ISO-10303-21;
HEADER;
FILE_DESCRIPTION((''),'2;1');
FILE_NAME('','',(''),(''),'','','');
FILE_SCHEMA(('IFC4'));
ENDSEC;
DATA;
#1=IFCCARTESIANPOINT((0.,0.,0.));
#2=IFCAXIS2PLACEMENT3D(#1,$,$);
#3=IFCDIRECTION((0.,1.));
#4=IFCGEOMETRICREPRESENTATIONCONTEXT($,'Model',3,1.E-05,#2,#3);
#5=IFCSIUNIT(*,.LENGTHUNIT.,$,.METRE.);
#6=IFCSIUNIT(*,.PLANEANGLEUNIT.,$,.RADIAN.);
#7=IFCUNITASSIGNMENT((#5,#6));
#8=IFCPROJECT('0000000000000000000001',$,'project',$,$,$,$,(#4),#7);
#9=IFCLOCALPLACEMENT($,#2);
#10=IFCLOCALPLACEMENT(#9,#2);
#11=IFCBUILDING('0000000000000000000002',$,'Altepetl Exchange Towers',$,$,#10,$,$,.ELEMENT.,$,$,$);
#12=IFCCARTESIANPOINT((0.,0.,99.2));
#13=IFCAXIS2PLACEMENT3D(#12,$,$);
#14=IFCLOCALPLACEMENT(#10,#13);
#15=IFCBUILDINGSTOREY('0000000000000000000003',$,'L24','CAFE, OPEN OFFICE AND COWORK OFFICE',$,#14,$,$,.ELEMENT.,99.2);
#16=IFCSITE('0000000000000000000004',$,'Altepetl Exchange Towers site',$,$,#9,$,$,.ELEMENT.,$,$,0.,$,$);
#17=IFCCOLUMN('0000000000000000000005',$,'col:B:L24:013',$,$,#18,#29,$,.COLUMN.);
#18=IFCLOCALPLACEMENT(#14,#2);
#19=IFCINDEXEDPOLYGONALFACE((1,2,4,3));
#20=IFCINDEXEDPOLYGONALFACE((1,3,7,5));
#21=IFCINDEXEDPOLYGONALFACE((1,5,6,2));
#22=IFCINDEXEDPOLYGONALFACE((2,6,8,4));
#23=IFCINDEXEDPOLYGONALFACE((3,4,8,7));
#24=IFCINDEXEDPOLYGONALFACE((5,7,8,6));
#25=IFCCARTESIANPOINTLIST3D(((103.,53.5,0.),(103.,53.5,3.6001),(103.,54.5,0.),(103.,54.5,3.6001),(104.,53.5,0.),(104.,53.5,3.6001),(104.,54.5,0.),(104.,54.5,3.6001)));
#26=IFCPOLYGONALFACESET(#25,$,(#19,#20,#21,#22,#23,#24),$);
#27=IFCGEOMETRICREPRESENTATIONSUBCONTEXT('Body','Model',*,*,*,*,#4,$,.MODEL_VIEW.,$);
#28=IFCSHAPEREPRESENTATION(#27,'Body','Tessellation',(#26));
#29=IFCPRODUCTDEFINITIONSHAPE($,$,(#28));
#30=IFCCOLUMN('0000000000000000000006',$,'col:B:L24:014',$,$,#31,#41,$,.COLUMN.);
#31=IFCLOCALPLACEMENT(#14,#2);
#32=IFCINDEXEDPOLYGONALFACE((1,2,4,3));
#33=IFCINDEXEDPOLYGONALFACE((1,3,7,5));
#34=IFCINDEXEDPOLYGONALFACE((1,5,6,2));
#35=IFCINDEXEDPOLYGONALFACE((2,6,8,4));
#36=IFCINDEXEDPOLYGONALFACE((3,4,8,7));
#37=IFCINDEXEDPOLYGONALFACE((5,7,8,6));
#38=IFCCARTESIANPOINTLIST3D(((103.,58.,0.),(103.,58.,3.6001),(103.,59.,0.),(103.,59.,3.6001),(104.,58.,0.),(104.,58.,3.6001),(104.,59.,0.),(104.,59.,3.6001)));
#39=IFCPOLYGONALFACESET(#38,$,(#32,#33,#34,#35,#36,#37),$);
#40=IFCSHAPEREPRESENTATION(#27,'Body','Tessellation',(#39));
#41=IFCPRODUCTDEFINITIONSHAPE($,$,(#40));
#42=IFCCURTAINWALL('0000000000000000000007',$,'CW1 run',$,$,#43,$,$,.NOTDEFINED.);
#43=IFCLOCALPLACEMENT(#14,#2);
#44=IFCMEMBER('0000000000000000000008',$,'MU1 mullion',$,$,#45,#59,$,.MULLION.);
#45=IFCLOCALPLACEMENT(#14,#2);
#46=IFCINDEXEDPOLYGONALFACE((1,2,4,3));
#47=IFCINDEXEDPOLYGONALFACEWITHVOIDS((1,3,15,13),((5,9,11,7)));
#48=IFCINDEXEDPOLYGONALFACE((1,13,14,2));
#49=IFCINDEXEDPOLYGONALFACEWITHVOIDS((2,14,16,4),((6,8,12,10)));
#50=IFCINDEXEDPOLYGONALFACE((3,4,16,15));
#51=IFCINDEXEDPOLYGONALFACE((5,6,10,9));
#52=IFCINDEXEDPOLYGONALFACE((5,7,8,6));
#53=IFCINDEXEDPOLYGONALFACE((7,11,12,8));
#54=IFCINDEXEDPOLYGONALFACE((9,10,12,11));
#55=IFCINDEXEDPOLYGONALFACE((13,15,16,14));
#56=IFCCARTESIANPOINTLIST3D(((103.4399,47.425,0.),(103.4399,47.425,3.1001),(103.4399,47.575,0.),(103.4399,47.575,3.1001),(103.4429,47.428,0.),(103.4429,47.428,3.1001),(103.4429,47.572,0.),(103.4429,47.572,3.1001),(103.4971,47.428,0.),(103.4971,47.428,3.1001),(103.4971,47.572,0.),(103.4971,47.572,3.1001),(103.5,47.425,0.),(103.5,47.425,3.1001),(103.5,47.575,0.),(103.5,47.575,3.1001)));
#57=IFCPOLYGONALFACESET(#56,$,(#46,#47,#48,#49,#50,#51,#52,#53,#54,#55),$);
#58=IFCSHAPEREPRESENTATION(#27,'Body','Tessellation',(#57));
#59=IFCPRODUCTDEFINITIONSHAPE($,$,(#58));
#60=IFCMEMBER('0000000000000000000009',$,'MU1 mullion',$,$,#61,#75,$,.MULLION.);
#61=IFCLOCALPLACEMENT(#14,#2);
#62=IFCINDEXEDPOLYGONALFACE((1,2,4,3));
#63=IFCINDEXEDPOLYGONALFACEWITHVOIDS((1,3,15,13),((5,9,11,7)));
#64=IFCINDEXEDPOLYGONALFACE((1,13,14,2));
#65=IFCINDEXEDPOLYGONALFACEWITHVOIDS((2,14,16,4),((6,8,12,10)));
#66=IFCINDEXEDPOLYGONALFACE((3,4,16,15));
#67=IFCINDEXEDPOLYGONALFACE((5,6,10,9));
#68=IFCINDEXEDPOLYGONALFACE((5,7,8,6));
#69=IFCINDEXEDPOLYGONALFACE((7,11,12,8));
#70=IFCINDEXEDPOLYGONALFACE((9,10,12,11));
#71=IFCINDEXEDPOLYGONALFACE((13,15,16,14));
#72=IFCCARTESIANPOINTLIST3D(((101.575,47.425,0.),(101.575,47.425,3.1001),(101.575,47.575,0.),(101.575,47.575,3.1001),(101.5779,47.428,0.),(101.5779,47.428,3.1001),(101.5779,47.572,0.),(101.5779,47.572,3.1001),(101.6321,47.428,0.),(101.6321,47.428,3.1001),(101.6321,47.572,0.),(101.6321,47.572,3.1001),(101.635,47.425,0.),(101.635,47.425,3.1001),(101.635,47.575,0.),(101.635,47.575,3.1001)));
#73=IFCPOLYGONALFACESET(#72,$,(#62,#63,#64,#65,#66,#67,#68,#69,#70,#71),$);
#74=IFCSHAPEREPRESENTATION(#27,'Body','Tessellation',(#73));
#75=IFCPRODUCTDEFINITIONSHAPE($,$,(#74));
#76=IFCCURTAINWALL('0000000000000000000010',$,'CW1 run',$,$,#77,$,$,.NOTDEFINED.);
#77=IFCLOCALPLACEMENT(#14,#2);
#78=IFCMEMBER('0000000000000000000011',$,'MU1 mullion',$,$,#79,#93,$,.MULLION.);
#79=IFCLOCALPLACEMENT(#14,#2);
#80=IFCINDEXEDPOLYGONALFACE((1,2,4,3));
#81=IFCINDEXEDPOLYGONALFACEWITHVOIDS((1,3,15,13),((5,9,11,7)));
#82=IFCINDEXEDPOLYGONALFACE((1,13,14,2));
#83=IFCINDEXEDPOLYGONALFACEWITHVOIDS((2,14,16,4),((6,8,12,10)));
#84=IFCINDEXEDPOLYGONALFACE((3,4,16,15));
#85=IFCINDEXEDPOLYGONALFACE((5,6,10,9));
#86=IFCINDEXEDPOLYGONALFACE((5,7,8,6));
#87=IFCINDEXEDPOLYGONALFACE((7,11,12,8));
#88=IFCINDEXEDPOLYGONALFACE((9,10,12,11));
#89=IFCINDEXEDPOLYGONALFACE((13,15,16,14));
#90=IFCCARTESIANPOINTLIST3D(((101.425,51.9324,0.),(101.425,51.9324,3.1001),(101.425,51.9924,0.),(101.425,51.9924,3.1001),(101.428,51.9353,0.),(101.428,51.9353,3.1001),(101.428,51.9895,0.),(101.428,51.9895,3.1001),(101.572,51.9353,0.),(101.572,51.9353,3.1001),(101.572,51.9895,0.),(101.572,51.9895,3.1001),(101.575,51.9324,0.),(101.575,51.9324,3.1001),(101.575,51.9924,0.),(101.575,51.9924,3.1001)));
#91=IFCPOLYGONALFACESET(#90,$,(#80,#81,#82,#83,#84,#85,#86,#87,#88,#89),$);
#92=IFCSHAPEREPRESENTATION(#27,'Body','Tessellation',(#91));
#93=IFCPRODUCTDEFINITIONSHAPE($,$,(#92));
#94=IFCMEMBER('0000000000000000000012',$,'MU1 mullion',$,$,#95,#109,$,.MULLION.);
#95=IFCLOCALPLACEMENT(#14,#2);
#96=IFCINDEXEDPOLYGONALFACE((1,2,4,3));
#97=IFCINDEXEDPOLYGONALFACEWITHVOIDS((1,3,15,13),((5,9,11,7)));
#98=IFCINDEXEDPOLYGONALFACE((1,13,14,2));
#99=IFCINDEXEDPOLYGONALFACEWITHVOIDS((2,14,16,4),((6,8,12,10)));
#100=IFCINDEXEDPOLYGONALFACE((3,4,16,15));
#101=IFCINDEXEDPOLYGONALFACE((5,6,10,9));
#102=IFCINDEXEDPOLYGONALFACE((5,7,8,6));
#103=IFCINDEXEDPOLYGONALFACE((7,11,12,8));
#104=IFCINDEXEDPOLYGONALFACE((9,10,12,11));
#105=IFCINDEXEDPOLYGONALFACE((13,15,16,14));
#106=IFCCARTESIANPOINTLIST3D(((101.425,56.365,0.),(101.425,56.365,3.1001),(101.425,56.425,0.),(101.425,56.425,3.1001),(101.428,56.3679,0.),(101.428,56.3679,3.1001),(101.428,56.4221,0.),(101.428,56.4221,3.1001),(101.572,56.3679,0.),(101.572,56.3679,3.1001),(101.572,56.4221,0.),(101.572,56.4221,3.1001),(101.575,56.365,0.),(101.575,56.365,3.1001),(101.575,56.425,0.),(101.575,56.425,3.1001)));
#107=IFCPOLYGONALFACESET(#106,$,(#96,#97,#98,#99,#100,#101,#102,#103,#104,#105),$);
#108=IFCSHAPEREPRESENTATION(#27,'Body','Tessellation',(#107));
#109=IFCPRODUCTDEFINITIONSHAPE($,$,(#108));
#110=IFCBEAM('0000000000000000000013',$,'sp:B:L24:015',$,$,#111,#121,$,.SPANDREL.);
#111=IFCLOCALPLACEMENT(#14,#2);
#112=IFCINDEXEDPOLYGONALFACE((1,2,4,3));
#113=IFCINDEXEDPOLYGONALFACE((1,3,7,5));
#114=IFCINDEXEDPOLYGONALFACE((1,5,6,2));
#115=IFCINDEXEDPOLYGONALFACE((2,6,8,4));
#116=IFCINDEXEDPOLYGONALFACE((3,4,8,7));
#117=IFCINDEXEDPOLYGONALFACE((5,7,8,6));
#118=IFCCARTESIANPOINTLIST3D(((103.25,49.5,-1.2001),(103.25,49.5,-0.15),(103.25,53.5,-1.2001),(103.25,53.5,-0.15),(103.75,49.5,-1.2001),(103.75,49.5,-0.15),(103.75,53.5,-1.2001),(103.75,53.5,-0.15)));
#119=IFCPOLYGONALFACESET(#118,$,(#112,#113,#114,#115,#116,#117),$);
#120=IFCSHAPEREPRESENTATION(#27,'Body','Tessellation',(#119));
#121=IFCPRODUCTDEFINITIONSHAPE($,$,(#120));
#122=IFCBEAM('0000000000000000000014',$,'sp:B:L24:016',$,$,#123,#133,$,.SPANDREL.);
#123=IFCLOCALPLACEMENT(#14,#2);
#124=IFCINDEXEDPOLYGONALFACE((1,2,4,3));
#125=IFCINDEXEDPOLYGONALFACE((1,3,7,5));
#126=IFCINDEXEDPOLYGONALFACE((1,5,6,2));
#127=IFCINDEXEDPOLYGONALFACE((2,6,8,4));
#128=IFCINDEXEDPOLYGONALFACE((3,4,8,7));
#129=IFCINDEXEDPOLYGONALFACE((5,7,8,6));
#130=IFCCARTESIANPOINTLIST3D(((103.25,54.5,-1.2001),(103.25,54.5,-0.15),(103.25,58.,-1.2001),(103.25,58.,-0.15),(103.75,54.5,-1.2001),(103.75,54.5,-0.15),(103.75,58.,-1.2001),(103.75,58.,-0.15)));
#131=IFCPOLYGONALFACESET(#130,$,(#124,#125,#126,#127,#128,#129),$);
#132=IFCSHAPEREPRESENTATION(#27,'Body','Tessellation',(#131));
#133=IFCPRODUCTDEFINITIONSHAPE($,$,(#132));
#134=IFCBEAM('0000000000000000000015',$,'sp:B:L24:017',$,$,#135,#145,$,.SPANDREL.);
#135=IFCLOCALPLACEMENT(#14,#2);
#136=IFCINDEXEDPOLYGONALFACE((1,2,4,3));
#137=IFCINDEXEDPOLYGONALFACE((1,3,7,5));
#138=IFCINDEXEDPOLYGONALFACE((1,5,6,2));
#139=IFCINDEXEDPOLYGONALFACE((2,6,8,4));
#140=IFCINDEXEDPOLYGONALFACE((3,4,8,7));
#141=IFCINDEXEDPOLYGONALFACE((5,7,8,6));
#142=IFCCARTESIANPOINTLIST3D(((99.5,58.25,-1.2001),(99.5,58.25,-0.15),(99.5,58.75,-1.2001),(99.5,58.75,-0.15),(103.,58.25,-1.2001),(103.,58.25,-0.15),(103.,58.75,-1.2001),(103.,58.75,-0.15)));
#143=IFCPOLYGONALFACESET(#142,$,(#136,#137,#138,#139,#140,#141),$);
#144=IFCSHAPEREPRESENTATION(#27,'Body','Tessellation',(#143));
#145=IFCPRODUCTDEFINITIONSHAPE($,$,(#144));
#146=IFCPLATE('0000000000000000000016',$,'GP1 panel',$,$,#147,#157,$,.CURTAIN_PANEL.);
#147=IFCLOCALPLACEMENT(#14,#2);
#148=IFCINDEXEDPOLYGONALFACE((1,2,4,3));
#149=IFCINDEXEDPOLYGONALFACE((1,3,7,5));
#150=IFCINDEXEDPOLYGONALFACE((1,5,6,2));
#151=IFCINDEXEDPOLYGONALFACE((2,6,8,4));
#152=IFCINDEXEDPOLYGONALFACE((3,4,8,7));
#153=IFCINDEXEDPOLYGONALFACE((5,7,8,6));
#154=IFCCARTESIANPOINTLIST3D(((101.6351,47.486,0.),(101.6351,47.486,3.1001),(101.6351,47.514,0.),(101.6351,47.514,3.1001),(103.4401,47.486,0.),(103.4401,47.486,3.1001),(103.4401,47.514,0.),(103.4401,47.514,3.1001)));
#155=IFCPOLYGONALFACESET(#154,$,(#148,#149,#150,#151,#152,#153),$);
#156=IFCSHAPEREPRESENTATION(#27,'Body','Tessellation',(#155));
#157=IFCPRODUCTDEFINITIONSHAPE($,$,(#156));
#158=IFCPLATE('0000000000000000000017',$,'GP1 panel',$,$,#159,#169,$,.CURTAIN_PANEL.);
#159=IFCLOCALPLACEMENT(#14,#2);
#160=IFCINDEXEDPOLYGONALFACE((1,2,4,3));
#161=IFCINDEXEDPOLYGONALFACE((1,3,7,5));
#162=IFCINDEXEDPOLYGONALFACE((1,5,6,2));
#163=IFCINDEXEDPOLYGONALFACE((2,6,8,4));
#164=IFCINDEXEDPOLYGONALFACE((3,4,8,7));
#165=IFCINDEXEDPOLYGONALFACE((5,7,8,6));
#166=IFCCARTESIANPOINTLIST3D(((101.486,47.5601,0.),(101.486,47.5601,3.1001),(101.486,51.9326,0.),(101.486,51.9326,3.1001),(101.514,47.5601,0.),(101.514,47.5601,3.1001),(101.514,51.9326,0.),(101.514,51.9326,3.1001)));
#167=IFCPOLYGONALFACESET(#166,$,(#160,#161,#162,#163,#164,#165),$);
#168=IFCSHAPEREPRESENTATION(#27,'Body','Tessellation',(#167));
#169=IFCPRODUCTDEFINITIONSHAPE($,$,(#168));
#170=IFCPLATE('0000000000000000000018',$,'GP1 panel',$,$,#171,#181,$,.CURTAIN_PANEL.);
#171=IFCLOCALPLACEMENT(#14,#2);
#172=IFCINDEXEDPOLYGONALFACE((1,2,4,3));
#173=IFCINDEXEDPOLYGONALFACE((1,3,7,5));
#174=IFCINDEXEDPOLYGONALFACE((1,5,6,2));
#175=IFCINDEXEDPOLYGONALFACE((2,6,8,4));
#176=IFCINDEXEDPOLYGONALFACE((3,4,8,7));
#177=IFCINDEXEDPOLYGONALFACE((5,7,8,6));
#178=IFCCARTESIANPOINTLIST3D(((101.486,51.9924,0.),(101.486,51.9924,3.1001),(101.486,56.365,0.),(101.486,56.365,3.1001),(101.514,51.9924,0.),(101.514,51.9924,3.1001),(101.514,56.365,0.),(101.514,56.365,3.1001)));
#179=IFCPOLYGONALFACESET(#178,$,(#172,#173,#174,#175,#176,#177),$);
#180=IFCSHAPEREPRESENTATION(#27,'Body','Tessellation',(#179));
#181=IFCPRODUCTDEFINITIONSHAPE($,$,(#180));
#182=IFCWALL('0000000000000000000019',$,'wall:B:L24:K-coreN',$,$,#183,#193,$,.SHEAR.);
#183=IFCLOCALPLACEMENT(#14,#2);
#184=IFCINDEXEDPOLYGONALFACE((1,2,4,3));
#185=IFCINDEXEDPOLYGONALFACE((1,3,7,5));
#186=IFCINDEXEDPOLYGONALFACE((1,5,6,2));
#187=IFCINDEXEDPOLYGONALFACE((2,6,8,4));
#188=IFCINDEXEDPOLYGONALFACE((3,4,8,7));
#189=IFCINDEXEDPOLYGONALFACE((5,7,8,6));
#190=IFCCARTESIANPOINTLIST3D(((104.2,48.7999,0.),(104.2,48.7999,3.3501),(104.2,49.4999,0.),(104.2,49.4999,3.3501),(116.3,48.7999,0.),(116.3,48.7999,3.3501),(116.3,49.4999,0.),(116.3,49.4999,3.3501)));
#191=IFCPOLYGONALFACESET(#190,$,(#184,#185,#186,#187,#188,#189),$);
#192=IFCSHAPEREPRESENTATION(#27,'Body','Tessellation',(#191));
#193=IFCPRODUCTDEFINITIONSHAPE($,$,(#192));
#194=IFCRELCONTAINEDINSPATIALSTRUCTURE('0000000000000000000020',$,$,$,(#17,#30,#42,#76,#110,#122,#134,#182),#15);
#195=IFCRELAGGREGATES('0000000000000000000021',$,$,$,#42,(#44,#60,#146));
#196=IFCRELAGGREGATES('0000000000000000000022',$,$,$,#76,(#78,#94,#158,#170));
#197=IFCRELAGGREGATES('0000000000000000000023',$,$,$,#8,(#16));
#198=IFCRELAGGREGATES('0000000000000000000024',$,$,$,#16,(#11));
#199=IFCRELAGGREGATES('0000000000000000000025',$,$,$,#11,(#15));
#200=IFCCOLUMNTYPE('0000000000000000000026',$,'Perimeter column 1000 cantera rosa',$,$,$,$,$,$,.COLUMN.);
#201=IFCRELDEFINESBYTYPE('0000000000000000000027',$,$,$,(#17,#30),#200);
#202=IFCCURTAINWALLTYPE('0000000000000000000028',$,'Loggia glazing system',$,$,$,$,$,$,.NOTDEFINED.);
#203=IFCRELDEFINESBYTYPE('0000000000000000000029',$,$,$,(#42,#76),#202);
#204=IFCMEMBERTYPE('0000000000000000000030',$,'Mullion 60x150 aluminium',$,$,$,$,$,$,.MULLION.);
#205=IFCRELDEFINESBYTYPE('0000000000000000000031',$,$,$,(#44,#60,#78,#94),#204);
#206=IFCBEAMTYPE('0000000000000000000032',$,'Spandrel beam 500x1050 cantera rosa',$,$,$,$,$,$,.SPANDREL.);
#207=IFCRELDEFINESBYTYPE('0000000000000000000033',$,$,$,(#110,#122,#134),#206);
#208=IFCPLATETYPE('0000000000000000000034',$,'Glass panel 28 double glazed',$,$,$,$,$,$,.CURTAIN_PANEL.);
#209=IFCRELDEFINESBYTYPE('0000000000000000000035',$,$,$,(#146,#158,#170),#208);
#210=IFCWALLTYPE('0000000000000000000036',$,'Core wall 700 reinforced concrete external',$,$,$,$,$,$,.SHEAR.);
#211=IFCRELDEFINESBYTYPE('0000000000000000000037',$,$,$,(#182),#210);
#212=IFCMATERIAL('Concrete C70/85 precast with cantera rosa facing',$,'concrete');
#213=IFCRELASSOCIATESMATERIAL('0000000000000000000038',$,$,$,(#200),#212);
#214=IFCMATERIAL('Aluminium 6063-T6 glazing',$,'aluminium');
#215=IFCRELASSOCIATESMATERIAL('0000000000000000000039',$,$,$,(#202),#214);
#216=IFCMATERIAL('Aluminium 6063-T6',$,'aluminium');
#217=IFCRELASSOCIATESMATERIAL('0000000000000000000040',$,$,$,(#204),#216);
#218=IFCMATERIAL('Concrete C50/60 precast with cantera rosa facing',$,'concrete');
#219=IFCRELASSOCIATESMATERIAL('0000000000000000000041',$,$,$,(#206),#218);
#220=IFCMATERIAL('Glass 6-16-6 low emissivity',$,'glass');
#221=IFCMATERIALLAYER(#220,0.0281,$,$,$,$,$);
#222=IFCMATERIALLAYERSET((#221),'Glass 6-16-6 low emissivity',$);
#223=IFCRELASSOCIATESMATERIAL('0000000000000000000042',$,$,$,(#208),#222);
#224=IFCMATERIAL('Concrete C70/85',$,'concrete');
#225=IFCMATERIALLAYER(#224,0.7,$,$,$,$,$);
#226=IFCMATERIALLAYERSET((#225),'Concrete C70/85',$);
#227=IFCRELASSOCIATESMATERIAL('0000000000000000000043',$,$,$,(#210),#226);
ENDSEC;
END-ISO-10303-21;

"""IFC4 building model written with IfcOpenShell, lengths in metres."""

from ifc_helpers import new_model, si_unit, direction, frame, frame_2d, origin, origin_2d, place, context, subcontext, project, spatial, rectangle, hollow_rectangle, extrude, material, layer, layer_set, material_profile, profile_set, type_object, element, aggregate, save


model = new_model("IFC4")

# Units and contexts
model_context = context("Model", 3, precision=1e-05, world=origin(), true_north=direction((0.0, 1.0)))
body_context = subcontext(model_context, "Body", "Model", "MODEL_VIEW")
ifc_project = project(units=[si_unit("LENGTHUNIT", "METRE"), si_unit("PLANEANGLEUNIT", "RADIAN")], contexts=[model_context])

# Site, building, storey
site_placement = place(None, origin())
site = spatial("IfcSite", under=ifc_project, at=site_placement, Name="Altepetl Exchange Towers site", CompositionType="ELEMENT", RefElevation=0.0)
building_placement = place(site_placement, origin())
building = spatial("IfcBuilding", under=site, at=building_placement, Name="Altepetl Exchange Towers", CompositionType="ELEMENT")
storey_placement = place(building_placement, frame((0.0, 0.0, 99.2)))
storey = spatial("IfcBuildingStorey", under=building, at=storey_placement, Name="L24", Description="CAFE, OPEN OFFICE AND COWORK OFFICE", CompositionType="ELEMENT", Elevation=99.2)

# Columns
ifc_material_1 = material(Name="Concrete C70/85 precast with cantera rosa facing", Category="concrete")
ifc_material_profile_1 = material_profile(ifc_material_1, rectangle(XDim=1.0, YDim=1.0, at=origin_2d()), Name="1000 x 1000")
ifc_profile_set_1 = profile_set([ifc_material_profile_1], Name="Concrete C70/85 precast with cantera rosa facing")
column_type = type_object("IfcColumnType", Name="Perimeter column 1000 cantera rosa", PredefinedType="COLUMN", material=ifc_profile_set_1)
for number, where, name in (
    (1, (103.5, 54.0, 0.0), "col:B:L24:013"),
    (2, (103.5, 58.5, 0.0), "col:B:L24:014"),
):
    element("IfcColumn", number, at=place(storey_placement, frame(where)), inside=storey, type_object=column_type, Name=name, PredefinedType="COLUMN", context=body_context, shape_type="SweptSolid", body=[
        extrude(rectangle(XDim=1.0, YDim=1.0, at=origin_2d()), origin(), (0.0, 0.0, 1.0), 3.6001),
    ])

# Curtain walls, members
ifc_material_2 = material(Name="Aluminium 6063-T6 glazing", Category="aluminium")
curtain_wall_type = type_object("IfcCurtainWallType", Name="Loggia glazing system", PredefinedType="NOTDEFINED", material=ifc_material_2)
curtain_wall_1_placement = place(storey_placement, origin())
curtain_wall_1 = element("IfcCurtainWall", 3, at=curtain_wall_1_placement, inside=storey, type_object=curtain_wall_type, Name="CW1 run", PredefinedType="NOTDEFINED")
ifc_material_3 = material(Name="Aluminium 6063-T6", Category="aluminium")
ifc_material_profile_2 = material_profile(ifc_material_3, hollow_rectangle(XDim=0.0601, YDim=0.1499, WallThickness=0.0029, at=origin_2d()), Name="Mullion 60x150 aluminium")
ifc_profile_set_2 = profile_set([ifc_material_profile_2], Name="Aluminium 6063-T6")
member_type = type_object("IfcMemberType", Name="Mullion 60x150 aluminium", PredefinedType="MULLION", material=ifc_profile_set_2)
member_1_placement = place(storey_placement, frame((103.47, 47.5, 0.0), z_axis=(0.0, 0.0, 1.0), x_axis=(-1.0, 0.0, 0.0)))
member_1 = element("IfcMember", 4, at=member_1_placement, type_object=member_type, Name="MU1 mullion", PredefinedType="MULLION", context=body_context, shape_type="SweptSolid", body=[
    extrude(hollow_rectangle(XDim=0.0601, YDim=0.1499, WallThickness=0.0029, at=origin_2d()), origin(), (0.0, 0.0, 1.0), 3.1001),
])
member_2_placement = place(storey_placement, frame((101.605, 47.5, 0.0), z_axis=(0.0, 0.0, 1.0), x_axis=(-1.0, 0.0, 0.0)))
member_2 = element("IfcMember", 5, at=member_2_placement, type_object=member_type, Name="MU1 mullion", PredefinedType="MULLION", context=body_context, shape_type="SweptSolid", body=[
    extrude(hollow_rectangle(XDim=0.0601, YDim=0.1499, WallThickness=0.0029, at=origin_2d()), origin(), (0.0, 0.0, 1.0), 3.1001),
])
curtain_wall_2_placement = place(storey_placement, origin())
curtain_wall_2 = element("IfcCurtainWall", 6, at=curtain_wall_2_placement, inside=storey, type_object=curtain_wall_type, Name="CW1 run", PredefinedType="NOTDEFINED")
member_3_placement = place(storey_placement, frame((101.5, 51.9624, 0.0), z_axis=(0.0, 0.0, 1.0), x_axis=(0.0, 1.0, 0.0)))
member_3 = element("IfcMember", 7, at=member_3_placement, type_object=member_type, Name="MU1 mullion", PredefinedType="MULLION", context=body_context, shape_type="SweptSolid", body=[
    extrude(hollow_rectangle(XDim=0.0601, YDim=0.1499, WallThickness=0.0029, at=origin_2d()), origin(), (0.0, 0.0, 1.0), 3.1001),
])
member_4_placement = place(storey_placement, frame((101.5, 56.395, 0.0), z_axis=(0.0, 0.0, 1.0), x_axis=(0.0, 1.0, 0.0)))
member_4 = element("IfcMember", 8, at=member_4_placement, type_object=member_type, Name="MU1 mullion", PredefinedType="MULLION", context=body_context, shape_type="SweptSolid", body=[
    extrude(hollow_rectangle(XDim=0.0601, YDim=0.1499, WallThickness=0.0029, at=origin_2d()), origin(), (0.0, 0.0, 1.0), 3.1001),
])

# Beams
ifc_material_4 = material(Name="Concrete C50/60 precast with cantera rosa facing", Category="concrete")
ifc_material_profile_3 = material_profile(ifc_material_4, rectangle(XDim=0.5, YDim=1.05, at=origin_2d()), Name="500 x 1050")
ifc_profile_set_3 = profile_set([ifc_material_profile_3], Name="Concrete C50/60 precast with cantera rosa facing")
beam_type = type_object("IfcBeamType", Name="Spandrel beam 500x1050 cantera rosa", PredefinedType="SPANDREL", material=ifc_profile_set_3)
beam_placement = place(storey_placement, frame((103.5, 49.5, -0.675), z_axis=(0.0, 1.0, 0.0), x_axis=(-1.0, 0.0, 0.0)))
element("IfcBeam", 9, at=beam_placement, inside=storey, type_object=beam_type, Name="sp:B:L24:015", PredefinedType="SPANDREL", context=body_context, shape_type="SweptSolid", body=[
    extrude(rectangle(XDim=0.5, YDim=1.05, at=origin_2d()), origin(), (0.0, 0.0, 1.0), 4.0),
])
for number, where, z_axis, x_axis, name in (
    (10, (103.5, 54.5, -0.675), (0.0, 1.0, 0.0), (-1.0, 0.0, 0.0), "sp:B:L24:016"),
    (11, (103.0, 58.5, -0.675), (-1.0, 0.0, 0.0), (0.0, -1.0, 0.0), "sp:B:L24:017"),
):
    element("IfcBeam", number, at=place(storey_placement, frame(where, z_axis=z_axis, x_axis=x_axis)), inside=storey, type_object=beam_type, Name=name, PredefinedType="SPANDREL", context=body_context, shape_type="SweptSolid", body=[
        extrude(rectangle(XDim=0.5, YDim=1.05, at=origin_2d()), origin(), (0.0, 0.0, 1.0), 3.5),
    ])

# Plates
ifc_material_5 = material(Name="Glass 6-16-6 low emissivity", Category="glass")
ifc_layer_1 = layer(ifc_material_5, 0.0281)
ifc_layer_set_1 = layer_set([ifc_layer_1], Name="Glass 6-16-6 low emissivity")
plate_type = type_object("IfcPlateType", Name="Glass panel 28 double glazed", PredefinedType="CURTAIN_PANEL", material=ifc_layer_set_1)
plate_1_placement = place(storey_placement, frame((102.5376, 47.5, 0.0), z_axis=(0.0, 0.0, 1.0), x_axis=(-1.0, 0.0, 0.0)))
plate_1 = element("IfcPlate", 12, at=plate_1_placement, type_object=plate_type, Name="GP1 panel", PredefinedType="CURTAIN_PANEL", context=body_context, shape_type="SweptSolid", body=[
    extrude(rectangle(XDim=1.8049, YDim=0.0281, at=origin_2d()), origin(), (0.0, 0.0, 1.0), 3.1001),
])
aggregate(curtain_wall_1, [member_1, member_2, plate_1])
plate_2_placement = place(storey_placement, frame((101.5, 49.7463, 0.0), z_axis=(0.0, 0.0, 1.0), x_axis=(0.0, 1.0, 0.0)))
plate_2 = element("IfcPlate", 13, at=plate_2_placement, type_object=plate_type, Name="GP1 panel", PredefinedType="CURTAIN_PANEL", context=body_context, shape_type="SweptSolid", body=[
    extrude(rectangle(XDim=4.3726, YDim=0.0281, at=origin_2d()), origin(), (0.0, 0.0, 1.0), 3.1001),
])
plate_3_placement = place(storey_placement, frame((101.5, 54.1787, 0.0), z_axis=(0.0, 0.0, 1.0), x_axis=(0.0, 1.0, 0.0)))
plate_3 = element("IfcPlate", 14, at=plate_3_placement, type_object=plate_type, Name="GP1 panel", PredefinedType="CURTAIN_PANEL", context=body_context, shape_type="SweptSolid", body=[
    extrude(rectangle(XDim=4.3726, YDim=0.0281, at=origin_2d()), origin(), (0.0, 0.0, 1.0), 3.1001),
])
aggregate(curtain_wall_2, [member_3, member_4, plate_2, plate_3])

# Wall
ifc_material_6 = material(Name="Concrete C70/85", Category="concrete")
ifc_layer_2 = layer(ifc_material_6, 0.7)
ifc_layer_set_2 = layer_set([ifc_layer_2], Name="Concrete C70/85")
wall_type_1 = type_object("IfcWallType", Name="Core wall 700 reinforced concrete external", PredefinedType="SHEAR", material=ifc_layer_set_2)
wall_1_placement = place(storey_placement, frame((104.2, 49.1499, 0.0)))
element("IfcWall", 15, at=wall_1_placement, inside=storey, type_object=wall_type_1, Name="wall:B:L24:K-coreN", PredefinedType="SHEAR", context=body_context, shape_type="SweptSolid", body=[
    extrude(rectangle(XDim=12.1001, YDim=0.7, at=frame_2d((6.05, 0.0))), origin(), (0.0, 0.0, 1.0), 3.3501),
])

save(model, "model.ifc")
